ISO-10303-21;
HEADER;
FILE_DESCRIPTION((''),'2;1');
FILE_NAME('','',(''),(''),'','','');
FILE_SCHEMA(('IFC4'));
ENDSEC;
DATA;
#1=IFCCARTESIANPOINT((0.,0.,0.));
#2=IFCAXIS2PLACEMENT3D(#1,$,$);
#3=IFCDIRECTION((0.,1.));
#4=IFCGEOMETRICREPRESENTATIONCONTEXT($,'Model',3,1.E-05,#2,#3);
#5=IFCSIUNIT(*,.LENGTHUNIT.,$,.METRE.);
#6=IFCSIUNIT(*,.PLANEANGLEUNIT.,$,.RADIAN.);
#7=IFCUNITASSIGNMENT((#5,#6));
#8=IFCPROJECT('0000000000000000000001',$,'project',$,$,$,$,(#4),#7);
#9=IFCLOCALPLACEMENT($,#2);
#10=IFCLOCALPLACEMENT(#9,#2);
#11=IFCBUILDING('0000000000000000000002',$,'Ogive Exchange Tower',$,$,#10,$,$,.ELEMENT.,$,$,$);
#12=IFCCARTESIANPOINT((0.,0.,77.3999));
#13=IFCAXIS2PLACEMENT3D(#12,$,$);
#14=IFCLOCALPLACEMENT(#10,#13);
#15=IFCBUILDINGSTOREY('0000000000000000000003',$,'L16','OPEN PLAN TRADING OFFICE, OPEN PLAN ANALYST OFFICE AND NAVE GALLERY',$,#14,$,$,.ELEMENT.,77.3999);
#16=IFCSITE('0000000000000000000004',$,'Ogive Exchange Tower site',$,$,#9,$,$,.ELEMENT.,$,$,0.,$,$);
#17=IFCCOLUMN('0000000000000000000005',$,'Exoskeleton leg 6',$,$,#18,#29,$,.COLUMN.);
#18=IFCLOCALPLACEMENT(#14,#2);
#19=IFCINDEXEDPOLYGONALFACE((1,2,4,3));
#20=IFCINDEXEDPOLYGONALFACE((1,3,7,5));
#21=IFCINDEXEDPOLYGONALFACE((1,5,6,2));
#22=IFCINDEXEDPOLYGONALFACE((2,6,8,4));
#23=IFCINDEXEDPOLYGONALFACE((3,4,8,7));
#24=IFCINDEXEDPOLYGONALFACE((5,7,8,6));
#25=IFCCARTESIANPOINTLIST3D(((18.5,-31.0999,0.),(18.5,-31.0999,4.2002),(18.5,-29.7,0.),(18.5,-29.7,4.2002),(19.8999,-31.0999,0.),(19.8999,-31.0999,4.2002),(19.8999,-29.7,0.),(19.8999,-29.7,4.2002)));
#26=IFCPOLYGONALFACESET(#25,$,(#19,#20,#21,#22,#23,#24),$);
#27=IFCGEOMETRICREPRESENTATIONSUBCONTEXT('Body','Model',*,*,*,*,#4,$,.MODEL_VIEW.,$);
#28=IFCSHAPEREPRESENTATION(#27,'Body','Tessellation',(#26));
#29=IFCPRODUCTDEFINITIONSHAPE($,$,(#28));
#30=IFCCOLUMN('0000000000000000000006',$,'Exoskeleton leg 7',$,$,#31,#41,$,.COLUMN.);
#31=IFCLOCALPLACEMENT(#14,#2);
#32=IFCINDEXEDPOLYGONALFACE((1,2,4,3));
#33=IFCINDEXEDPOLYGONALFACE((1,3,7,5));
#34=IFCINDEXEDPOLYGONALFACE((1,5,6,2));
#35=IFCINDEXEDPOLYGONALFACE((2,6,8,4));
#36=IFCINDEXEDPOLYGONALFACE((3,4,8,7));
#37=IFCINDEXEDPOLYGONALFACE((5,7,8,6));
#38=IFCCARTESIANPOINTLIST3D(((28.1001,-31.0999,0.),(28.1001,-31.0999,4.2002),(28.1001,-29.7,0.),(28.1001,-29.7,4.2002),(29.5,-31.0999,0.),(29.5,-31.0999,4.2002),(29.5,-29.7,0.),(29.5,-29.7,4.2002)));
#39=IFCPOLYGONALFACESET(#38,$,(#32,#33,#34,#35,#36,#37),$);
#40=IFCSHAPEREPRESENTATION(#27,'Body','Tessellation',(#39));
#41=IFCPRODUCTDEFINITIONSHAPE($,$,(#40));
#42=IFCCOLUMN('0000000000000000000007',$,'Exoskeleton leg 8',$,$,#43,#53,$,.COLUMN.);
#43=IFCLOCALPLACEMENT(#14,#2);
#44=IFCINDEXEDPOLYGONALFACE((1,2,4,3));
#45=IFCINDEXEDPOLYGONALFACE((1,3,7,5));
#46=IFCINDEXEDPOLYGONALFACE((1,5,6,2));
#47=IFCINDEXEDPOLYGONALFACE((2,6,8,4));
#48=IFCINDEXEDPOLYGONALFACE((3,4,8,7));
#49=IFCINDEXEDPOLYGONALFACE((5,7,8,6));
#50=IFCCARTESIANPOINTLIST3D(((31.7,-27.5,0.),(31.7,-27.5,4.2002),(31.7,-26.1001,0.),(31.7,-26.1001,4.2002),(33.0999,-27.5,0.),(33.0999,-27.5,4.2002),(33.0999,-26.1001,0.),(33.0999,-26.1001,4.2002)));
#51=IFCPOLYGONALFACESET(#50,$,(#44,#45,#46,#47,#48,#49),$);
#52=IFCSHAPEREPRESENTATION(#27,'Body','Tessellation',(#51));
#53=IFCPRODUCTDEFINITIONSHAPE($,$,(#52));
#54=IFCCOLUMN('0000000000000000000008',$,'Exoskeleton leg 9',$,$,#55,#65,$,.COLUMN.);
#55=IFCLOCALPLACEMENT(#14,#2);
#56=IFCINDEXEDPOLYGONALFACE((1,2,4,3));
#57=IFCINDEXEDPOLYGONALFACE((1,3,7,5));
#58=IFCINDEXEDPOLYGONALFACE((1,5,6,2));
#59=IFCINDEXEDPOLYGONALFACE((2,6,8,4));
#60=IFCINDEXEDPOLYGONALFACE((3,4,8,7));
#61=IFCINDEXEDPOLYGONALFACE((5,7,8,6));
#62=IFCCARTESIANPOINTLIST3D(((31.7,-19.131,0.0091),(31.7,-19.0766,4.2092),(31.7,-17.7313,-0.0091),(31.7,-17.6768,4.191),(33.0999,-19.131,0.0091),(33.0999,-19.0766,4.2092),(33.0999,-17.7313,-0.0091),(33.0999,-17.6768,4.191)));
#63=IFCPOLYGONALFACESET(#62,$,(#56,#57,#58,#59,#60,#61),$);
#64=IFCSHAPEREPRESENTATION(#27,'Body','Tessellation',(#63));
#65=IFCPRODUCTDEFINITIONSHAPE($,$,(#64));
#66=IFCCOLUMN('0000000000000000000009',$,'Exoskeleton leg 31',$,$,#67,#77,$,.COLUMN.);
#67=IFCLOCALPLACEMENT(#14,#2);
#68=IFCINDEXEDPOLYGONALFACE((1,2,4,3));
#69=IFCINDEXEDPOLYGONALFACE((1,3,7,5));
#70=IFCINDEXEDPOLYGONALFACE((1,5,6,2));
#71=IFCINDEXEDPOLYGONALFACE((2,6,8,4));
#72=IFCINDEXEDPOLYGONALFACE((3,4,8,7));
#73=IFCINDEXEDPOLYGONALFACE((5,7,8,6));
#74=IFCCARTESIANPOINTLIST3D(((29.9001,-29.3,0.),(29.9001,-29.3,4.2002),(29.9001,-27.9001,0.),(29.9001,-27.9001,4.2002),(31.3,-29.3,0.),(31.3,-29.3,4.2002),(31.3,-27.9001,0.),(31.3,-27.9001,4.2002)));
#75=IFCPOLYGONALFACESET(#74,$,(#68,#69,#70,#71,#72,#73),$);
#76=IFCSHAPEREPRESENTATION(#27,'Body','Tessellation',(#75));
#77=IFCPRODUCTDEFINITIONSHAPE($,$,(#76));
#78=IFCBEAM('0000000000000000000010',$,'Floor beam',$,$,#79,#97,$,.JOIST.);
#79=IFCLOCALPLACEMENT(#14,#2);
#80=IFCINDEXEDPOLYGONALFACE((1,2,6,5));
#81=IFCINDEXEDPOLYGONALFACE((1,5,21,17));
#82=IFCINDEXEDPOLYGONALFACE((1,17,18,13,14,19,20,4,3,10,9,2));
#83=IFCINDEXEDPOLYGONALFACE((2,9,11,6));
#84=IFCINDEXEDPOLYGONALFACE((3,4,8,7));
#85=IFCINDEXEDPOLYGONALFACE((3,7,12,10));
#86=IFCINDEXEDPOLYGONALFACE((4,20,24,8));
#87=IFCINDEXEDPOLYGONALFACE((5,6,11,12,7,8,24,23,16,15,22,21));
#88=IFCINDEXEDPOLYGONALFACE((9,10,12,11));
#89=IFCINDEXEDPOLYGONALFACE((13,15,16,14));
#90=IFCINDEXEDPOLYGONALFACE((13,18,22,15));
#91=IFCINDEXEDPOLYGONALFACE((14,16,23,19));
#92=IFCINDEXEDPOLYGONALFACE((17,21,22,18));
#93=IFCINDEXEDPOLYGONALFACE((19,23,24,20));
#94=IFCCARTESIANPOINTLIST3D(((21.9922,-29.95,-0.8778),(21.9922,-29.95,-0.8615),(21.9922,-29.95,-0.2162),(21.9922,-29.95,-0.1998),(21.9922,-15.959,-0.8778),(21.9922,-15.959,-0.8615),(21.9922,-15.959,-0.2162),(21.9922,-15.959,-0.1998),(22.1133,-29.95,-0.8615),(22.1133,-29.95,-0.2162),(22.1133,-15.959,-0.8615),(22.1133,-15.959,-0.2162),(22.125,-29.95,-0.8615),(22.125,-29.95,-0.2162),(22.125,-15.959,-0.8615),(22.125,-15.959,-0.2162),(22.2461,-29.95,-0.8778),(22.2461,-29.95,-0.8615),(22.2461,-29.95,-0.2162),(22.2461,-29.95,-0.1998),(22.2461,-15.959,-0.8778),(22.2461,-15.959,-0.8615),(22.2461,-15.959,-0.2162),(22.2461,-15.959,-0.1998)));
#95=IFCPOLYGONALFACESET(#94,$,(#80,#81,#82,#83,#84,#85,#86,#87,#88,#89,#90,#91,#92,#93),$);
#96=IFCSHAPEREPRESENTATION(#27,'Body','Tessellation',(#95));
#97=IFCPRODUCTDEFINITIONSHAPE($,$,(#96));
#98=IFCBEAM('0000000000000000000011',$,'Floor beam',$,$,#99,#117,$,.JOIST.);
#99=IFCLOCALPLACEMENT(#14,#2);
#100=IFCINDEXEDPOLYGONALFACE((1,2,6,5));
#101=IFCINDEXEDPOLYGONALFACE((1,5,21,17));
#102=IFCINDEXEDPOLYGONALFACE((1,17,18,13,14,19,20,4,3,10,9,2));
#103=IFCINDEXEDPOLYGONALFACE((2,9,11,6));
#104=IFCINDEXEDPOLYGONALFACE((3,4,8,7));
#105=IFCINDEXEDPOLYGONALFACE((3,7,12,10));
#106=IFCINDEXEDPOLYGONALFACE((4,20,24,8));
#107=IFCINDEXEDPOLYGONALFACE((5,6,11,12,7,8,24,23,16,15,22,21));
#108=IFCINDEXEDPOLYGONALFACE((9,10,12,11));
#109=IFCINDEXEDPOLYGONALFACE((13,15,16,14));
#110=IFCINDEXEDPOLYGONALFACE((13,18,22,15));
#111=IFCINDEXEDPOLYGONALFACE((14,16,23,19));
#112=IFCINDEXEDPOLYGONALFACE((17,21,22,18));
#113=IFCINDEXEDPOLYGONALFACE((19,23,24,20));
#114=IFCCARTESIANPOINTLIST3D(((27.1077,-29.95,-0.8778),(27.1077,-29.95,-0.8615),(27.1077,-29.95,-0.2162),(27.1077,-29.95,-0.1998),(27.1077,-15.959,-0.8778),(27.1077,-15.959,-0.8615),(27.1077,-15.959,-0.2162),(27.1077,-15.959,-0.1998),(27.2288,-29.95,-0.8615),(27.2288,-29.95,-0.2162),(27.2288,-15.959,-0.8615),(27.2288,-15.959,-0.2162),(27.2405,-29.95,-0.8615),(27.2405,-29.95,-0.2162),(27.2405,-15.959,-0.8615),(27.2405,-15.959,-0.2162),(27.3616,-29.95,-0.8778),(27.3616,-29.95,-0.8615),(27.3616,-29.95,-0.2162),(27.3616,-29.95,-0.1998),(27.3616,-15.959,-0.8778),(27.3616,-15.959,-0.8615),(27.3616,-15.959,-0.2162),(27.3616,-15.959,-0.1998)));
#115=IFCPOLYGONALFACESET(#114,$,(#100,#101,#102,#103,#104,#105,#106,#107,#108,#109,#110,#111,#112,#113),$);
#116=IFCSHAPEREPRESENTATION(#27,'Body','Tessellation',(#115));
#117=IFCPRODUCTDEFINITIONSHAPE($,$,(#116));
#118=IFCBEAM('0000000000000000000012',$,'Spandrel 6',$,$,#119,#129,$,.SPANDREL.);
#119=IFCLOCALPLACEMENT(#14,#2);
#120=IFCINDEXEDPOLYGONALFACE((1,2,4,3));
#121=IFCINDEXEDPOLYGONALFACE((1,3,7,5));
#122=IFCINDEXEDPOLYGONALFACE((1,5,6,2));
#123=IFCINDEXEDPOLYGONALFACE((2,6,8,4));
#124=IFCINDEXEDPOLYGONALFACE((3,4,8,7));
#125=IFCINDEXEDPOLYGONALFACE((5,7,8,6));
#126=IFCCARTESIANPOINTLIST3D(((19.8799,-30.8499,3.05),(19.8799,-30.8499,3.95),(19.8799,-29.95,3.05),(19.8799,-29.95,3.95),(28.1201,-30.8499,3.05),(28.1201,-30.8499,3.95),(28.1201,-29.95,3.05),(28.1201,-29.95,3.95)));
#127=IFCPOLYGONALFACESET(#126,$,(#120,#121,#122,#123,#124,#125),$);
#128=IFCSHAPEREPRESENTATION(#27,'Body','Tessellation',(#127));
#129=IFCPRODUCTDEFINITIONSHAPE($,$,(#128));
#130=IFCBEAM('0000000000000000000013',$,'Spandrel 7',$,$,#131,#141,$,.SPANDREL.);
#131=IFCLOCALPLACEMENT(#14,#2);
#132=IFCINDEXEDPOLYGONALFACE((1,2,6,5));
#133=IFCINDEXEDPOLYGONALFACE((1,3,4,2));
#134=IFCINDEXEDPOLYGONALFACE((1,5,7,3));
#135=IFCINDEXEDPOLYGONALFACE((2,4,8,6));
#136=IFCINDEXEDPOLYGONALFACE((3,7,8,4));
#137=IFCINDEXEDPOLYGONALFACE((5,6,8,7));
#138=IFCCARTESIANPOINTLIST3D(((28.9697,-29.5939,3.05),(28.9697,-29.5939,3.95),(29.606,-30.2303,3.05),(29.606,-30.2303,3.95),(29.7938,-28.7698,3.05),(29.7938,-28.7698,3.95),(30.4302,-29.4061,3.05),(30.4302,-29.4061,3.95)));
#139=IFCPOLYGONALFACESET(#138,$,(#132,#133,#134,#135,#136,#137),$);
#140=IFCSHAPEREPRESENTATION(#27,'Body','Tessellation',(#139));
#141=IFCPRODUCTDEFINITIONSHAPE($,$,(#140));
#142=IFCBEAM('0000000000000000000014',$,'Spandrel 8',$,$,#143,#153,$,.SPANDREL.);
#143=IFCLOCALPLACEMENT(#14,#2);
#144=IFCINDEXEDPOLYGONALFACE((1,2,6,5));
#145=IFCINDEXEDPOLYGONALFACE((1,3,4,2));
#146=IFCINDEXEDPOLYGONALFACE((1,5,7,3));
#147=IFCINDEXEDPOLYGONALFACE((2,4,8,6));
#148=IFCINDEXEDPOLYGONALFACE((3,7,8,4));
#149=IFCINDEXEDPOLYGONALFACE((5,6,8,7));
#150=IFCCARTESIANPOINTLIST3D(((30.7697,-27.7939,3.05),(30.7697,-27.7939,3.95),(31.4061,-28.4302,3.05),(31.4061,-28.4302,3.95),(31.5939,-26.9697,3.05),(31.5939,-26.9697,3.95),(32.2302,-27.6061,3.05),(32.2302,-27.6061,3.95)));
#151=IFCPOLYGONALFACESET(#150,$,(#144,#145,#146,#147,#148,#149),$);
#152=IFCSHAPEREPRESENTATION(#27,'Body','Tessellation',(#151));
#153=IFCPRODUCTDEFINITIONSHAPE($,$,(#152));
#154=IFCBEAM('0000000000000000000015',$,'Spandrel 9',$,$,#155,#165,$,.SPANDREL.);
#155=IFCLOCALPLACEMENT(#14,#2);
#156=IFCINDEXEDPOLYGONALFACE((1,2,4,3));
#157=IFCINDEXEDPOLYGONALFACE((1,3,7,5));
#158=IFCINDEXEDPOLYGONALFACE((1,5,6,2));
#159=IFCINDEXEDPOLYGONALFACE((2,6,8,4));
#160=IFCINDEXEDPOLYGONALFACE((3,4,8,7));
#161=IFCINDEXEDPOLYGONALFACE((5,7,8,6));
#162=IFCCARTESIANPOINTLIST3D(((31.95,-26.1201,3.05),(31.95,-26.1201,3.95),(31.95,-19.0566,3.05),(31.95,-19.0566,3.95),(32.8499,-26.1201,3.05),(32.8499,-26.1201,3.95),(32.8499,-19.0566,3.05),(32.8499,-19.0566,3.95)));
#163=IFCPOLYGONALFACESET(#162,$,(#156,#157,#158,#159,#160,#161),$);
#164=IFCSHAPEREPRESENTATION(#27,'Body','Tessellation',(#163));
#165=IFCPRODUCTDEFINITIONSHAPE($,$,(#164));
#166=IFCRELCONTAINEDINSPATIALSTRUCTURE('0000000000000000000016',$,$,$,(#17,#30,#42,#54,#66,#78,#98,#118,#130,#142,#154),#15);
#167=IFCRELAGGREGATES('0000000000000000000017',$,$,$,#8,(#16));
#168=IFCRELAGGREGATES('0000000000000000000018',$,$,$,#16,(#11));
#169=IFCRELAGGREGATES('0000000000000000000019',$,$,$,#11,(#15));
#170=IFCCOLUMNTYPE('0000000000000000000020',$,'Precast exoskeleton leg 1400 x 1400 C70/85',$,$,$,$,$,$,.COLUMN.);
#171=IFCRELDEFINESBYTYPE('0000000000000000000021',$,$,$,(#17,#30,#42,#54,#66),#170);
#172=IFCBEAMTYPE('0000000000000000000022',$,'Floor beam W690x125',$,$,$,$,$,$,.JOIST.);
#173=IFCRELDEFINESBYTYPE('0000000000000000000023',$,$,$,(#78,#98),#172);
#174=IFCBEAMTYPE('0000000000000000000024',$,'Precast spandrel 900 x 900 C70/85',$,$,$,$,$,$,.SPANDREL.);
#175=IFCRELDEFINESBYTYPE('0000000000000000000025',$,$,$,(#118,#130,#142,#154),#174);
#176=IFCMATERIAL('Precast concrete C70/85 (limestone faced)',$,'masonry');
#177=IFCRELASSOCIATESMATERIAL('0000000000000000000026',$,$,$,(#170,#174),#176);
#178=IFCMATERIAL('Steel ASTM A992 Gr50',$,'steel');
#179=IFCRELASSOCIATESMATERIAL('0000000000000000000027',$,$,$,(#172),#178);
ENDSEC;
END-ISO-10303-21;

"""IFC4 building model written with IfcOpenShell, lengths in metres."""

from ifc_helpers import new_model, si_unit, direction, frame, origin, origin_2d, place, context, subcontext, project, spatial, rectangle, i_section, extrude, material, material_profile, profile_set, type_object, element, save


model = new_model("IFC4")

# Units and contexts
model_context = context("Model", 3, precision=1e-05, world=origin(), true_north=direction((0.0, 1.0)))
body_context = subcontext(model_context, "Body", "Model", "MODEL_VIEW")
ifc_project = project(units=[si_unit("LENGTHUNIT", "METRE"), si_unit("PLANEANGLEUNIT", "RADIAN")], contexts=[model_context])

# Site, building, storey
site_placement = place(None, origin())
site = spatial("IfcSite", under=ifc_project, at=site_placement, Name="Ogive Exchange Tower site", CompositionType="ELEMENT", RefElevation=0.0)
building_placement = place(site_placement, origin())
building = spatial("IfcBuilding", under=site, at=building_placement, Name="Ogive Exchange Tower", CompositionType="ELEMENT")
storey_placement = place(building_placement, frame((0.0, 0.0, 77.3999)))
storey = spatial("IfcBuildingStorey", under=building, at=storey_placement, Name="L16", Description="OPEN PLAN TRADING OFFICE, OPEN PLAN ANALYST OFFICE AND NAVE GALLERY", CompositionType="ELEMENT", Elevation=77.3999)

# Columns
ifc_material_1 = material(Name="Precast concrete C70/85 (limestone faced)", Category="masonry")
ifc_material_profile_1 = material_profile(ifc_material_1, rectangle(XDim=1.3999, YDim=1.3999, at=origin_2d()), Name="1400 x 1400")
ifc_profile_set_1 = profile_set([ifc_material_profile_1], Name="Precast concrete C70/85 (limestone faced)")
column_type = type_object("IfcColumnType", Name="Precast exoskeleton leg 1400 x 1400 C70/85", PredefinedType="COLUMN", material=ifc_profile_set_1)
for number, where, z_axis, x_axis, name in (
    (1, (19.2, -30.3999, 0.0), (0.0, 0.0, 1.0), (1.0, 0.0, 0.0), "Exoskeleton leg 6"),
    (2, (28.8, -30.3999, 0.0), (0.0, 0.0, 1.0), (1.0, 0.0, 0.0), "Exoskeleton leg 7"),
    (3, (32.3999, -26.8, 0.0), (0.0, 0.0, 1.0), (1.0, 0.0, 0.0), "Exoskeleton leg 8"),
):
    element("IfcColumn", number, at=place(storey_placement, frame(where, z_axis=z_axis, x_axis=x_axis)), inside=storey, type_object=column_type, Name=name, PredefinedType="COLUMN", context=body_context, shape_type="SweptSolid", body=[
        extrude(rectangle(XDim=1.3999, YDim=1.3999, at=origin_2d()), origin(), (0.0, 0.0, 1.0), 4.2002),
    ])
column_1_placement = place(storey_placement, frame((32.3999, -18.4312, 0.0), z_axis=(0.0, 0.012961, 0.999916), x_axis=(-1.0, 0.0, 0.0)))
element("IfcColumn", 4, at=column_1_placement, inside=storey, type_object=column_type, Name="Exoskeleton leg 9", PredefinedType="COLUMN", context=body_context, shape_type="SweptSolid", body=[
    extrude(rectangle(XDim=1.3999, YDim=1.3999, at=origin_2d()), origin(), (0.0, 0.0, 1.0), 4.2004),
])
column_2_placement = place(storey_placement, frame((30.6001, -28.6001, 0.0), z_axis=(0.0, 0.0, 1.0), x_axis=(1.0, 0.0, 0.0)))
element("IfcColumn", 5, at=column_2_placement, inside=storey, type_object=column_type, Name="Exoskeleton leg 31", PredefinedType="COLUMN", context=body_context, shape_type="SweptSolid", body=[
    extrude(rectangle(XDim=1.3999, YDim=1.3999, at=origin_2d()), origin(), (0.0, 0.0, 1.0), 4.2002),
])

# Beams
ifc_material_2 = material(Name="Steel ASTM A992 Gr50", Category="steel")
ifc_material_profile_2 = material_profile(ifc_material_2, i_section(OverallWidth=0.2539, OverallDepth=0.678, WebThickness=0.0117, FlangeThickness=0.0164, at=origin_2d()), Name="W690x125")
ifc_profile_set_2 = profile_set([ifc_material_profile_2], Name="Steel ASTM A992 Gr50")
beam_type_1 = type_object("IfcBeamType", Name="Floor beam W690x125", PredefinedType="JOIST", material=ifc_profile_set_2)
for number, where, z_axis, x_axis, name in (
    (6, (22.1191, -29.95, -0.5388), (0.0, 1.0, 0.0), (-1.0, 0.0, 0.0), "Floor beam"),
    (7, (27.2346, -29.95, -0.5388), (0.0, 1.0, 0.0), (-1.0, 0.0, 0.0), "Floor beam"),
):
    element("IfcBeam", number, at=place(storey_placement, frame(where, z_axis=z_axis, x_axis=x_axis)), inside=storey, type_object=beam_type_1, Name=name, PredefinedType="JOIST", context=body_context, shape_type="SweptSolid", body=[
        extrude(i_section(OverallWidth=0.2539, OverallDepth=0.678, WebThickness=0.0117, FlangeThickness=0.0164, at=origin_2d()), origin(), (0.0, 0.0, 1.0), 13.991),
    ])
ifc_material_profile_3 = material_profile(ifc_material_1, rectangle(XDim=0.8999, YDim=0.8999, at=origin_2d()), Name="900 x 900")
ifc_profile_set_3 = profile_set([ifc_material_profile_3], Name="Precast concrete C70/85 (limestone faced)")
beam_type_2 = type_object("IfcBeamType", Name="Precast spandrel 900 x 900 C70/85", PredefinedType="SPANDREL", material=ifc_profile_set_3)
beam_1_placement = place(storey_placement, frame((19.8799, -30.3999, 3.5), z_axis=(1.0, 0.0, 0.0), x_axis=(0.0, 1.0, 0.0)))
element("IfcBeam", 8, at=beam_1_placement, inside=storey, type_object=beam_type_2, Name="Spandrel 6", PredefinedType="SPANDREL", context=body_context, shape_type="SweptSolid", body=[
    extrude(rectangle(XDim=0.8999, YDim=0.8999, at=origin_2d()), origin(), (0.0, 0.0, 1.0), 8.2402),
])
for number, where, z_axis, x_axis, name in (
    (9, (29.2878, -29.9121, 3.5), (0.707107, 0.707107, 0.0), (-0.707107, 0.707107, 0.0), "Spandrel 7"),
    (10, (31.0879, -28.1121, 3.5), (0.707107, 0.707107, 0.0), (-0.707107, 0.707107, 0.0), "Spandrel 8"),
):
    element("IfcBeam", number, at=place(storey_placement, frame(where, z_axis=z_axis, x_axis=x_axis)), inside=storey, type_object=beam_type_2, Name=name, PredefinedType="SPANDREL", context=body_context, shape_type="SweptSolid", body=[
        extrude(rectangle(XDim=0.8999, YDim=0.8999, at=origin_2d()), origin(), (0.0, 0.0, 1.0), 1.1655),
    ])
beam_2_placement = place(storey_placement, frame((32.3999, -26.1201, 3.5), z_axis=(0.0, 1.0, 0.0), x_axis=(-1.0, 0.0, 0.0)))
element("IfcBeam", 11, at=beam_2_placement, inside=storey, type_object=beam_type_2, Name="Spandrel 9", PredefinedType="SPANDREL", context=body_context, shape_type="SweptSolid", body=[
    extrude(rectangle(XDim=0.8999, YDim=0.8999, at=origin_2d()), origin(), (0.0, 0.0, 1.0), 7.0635),
])

save(model, "model.ifc")
